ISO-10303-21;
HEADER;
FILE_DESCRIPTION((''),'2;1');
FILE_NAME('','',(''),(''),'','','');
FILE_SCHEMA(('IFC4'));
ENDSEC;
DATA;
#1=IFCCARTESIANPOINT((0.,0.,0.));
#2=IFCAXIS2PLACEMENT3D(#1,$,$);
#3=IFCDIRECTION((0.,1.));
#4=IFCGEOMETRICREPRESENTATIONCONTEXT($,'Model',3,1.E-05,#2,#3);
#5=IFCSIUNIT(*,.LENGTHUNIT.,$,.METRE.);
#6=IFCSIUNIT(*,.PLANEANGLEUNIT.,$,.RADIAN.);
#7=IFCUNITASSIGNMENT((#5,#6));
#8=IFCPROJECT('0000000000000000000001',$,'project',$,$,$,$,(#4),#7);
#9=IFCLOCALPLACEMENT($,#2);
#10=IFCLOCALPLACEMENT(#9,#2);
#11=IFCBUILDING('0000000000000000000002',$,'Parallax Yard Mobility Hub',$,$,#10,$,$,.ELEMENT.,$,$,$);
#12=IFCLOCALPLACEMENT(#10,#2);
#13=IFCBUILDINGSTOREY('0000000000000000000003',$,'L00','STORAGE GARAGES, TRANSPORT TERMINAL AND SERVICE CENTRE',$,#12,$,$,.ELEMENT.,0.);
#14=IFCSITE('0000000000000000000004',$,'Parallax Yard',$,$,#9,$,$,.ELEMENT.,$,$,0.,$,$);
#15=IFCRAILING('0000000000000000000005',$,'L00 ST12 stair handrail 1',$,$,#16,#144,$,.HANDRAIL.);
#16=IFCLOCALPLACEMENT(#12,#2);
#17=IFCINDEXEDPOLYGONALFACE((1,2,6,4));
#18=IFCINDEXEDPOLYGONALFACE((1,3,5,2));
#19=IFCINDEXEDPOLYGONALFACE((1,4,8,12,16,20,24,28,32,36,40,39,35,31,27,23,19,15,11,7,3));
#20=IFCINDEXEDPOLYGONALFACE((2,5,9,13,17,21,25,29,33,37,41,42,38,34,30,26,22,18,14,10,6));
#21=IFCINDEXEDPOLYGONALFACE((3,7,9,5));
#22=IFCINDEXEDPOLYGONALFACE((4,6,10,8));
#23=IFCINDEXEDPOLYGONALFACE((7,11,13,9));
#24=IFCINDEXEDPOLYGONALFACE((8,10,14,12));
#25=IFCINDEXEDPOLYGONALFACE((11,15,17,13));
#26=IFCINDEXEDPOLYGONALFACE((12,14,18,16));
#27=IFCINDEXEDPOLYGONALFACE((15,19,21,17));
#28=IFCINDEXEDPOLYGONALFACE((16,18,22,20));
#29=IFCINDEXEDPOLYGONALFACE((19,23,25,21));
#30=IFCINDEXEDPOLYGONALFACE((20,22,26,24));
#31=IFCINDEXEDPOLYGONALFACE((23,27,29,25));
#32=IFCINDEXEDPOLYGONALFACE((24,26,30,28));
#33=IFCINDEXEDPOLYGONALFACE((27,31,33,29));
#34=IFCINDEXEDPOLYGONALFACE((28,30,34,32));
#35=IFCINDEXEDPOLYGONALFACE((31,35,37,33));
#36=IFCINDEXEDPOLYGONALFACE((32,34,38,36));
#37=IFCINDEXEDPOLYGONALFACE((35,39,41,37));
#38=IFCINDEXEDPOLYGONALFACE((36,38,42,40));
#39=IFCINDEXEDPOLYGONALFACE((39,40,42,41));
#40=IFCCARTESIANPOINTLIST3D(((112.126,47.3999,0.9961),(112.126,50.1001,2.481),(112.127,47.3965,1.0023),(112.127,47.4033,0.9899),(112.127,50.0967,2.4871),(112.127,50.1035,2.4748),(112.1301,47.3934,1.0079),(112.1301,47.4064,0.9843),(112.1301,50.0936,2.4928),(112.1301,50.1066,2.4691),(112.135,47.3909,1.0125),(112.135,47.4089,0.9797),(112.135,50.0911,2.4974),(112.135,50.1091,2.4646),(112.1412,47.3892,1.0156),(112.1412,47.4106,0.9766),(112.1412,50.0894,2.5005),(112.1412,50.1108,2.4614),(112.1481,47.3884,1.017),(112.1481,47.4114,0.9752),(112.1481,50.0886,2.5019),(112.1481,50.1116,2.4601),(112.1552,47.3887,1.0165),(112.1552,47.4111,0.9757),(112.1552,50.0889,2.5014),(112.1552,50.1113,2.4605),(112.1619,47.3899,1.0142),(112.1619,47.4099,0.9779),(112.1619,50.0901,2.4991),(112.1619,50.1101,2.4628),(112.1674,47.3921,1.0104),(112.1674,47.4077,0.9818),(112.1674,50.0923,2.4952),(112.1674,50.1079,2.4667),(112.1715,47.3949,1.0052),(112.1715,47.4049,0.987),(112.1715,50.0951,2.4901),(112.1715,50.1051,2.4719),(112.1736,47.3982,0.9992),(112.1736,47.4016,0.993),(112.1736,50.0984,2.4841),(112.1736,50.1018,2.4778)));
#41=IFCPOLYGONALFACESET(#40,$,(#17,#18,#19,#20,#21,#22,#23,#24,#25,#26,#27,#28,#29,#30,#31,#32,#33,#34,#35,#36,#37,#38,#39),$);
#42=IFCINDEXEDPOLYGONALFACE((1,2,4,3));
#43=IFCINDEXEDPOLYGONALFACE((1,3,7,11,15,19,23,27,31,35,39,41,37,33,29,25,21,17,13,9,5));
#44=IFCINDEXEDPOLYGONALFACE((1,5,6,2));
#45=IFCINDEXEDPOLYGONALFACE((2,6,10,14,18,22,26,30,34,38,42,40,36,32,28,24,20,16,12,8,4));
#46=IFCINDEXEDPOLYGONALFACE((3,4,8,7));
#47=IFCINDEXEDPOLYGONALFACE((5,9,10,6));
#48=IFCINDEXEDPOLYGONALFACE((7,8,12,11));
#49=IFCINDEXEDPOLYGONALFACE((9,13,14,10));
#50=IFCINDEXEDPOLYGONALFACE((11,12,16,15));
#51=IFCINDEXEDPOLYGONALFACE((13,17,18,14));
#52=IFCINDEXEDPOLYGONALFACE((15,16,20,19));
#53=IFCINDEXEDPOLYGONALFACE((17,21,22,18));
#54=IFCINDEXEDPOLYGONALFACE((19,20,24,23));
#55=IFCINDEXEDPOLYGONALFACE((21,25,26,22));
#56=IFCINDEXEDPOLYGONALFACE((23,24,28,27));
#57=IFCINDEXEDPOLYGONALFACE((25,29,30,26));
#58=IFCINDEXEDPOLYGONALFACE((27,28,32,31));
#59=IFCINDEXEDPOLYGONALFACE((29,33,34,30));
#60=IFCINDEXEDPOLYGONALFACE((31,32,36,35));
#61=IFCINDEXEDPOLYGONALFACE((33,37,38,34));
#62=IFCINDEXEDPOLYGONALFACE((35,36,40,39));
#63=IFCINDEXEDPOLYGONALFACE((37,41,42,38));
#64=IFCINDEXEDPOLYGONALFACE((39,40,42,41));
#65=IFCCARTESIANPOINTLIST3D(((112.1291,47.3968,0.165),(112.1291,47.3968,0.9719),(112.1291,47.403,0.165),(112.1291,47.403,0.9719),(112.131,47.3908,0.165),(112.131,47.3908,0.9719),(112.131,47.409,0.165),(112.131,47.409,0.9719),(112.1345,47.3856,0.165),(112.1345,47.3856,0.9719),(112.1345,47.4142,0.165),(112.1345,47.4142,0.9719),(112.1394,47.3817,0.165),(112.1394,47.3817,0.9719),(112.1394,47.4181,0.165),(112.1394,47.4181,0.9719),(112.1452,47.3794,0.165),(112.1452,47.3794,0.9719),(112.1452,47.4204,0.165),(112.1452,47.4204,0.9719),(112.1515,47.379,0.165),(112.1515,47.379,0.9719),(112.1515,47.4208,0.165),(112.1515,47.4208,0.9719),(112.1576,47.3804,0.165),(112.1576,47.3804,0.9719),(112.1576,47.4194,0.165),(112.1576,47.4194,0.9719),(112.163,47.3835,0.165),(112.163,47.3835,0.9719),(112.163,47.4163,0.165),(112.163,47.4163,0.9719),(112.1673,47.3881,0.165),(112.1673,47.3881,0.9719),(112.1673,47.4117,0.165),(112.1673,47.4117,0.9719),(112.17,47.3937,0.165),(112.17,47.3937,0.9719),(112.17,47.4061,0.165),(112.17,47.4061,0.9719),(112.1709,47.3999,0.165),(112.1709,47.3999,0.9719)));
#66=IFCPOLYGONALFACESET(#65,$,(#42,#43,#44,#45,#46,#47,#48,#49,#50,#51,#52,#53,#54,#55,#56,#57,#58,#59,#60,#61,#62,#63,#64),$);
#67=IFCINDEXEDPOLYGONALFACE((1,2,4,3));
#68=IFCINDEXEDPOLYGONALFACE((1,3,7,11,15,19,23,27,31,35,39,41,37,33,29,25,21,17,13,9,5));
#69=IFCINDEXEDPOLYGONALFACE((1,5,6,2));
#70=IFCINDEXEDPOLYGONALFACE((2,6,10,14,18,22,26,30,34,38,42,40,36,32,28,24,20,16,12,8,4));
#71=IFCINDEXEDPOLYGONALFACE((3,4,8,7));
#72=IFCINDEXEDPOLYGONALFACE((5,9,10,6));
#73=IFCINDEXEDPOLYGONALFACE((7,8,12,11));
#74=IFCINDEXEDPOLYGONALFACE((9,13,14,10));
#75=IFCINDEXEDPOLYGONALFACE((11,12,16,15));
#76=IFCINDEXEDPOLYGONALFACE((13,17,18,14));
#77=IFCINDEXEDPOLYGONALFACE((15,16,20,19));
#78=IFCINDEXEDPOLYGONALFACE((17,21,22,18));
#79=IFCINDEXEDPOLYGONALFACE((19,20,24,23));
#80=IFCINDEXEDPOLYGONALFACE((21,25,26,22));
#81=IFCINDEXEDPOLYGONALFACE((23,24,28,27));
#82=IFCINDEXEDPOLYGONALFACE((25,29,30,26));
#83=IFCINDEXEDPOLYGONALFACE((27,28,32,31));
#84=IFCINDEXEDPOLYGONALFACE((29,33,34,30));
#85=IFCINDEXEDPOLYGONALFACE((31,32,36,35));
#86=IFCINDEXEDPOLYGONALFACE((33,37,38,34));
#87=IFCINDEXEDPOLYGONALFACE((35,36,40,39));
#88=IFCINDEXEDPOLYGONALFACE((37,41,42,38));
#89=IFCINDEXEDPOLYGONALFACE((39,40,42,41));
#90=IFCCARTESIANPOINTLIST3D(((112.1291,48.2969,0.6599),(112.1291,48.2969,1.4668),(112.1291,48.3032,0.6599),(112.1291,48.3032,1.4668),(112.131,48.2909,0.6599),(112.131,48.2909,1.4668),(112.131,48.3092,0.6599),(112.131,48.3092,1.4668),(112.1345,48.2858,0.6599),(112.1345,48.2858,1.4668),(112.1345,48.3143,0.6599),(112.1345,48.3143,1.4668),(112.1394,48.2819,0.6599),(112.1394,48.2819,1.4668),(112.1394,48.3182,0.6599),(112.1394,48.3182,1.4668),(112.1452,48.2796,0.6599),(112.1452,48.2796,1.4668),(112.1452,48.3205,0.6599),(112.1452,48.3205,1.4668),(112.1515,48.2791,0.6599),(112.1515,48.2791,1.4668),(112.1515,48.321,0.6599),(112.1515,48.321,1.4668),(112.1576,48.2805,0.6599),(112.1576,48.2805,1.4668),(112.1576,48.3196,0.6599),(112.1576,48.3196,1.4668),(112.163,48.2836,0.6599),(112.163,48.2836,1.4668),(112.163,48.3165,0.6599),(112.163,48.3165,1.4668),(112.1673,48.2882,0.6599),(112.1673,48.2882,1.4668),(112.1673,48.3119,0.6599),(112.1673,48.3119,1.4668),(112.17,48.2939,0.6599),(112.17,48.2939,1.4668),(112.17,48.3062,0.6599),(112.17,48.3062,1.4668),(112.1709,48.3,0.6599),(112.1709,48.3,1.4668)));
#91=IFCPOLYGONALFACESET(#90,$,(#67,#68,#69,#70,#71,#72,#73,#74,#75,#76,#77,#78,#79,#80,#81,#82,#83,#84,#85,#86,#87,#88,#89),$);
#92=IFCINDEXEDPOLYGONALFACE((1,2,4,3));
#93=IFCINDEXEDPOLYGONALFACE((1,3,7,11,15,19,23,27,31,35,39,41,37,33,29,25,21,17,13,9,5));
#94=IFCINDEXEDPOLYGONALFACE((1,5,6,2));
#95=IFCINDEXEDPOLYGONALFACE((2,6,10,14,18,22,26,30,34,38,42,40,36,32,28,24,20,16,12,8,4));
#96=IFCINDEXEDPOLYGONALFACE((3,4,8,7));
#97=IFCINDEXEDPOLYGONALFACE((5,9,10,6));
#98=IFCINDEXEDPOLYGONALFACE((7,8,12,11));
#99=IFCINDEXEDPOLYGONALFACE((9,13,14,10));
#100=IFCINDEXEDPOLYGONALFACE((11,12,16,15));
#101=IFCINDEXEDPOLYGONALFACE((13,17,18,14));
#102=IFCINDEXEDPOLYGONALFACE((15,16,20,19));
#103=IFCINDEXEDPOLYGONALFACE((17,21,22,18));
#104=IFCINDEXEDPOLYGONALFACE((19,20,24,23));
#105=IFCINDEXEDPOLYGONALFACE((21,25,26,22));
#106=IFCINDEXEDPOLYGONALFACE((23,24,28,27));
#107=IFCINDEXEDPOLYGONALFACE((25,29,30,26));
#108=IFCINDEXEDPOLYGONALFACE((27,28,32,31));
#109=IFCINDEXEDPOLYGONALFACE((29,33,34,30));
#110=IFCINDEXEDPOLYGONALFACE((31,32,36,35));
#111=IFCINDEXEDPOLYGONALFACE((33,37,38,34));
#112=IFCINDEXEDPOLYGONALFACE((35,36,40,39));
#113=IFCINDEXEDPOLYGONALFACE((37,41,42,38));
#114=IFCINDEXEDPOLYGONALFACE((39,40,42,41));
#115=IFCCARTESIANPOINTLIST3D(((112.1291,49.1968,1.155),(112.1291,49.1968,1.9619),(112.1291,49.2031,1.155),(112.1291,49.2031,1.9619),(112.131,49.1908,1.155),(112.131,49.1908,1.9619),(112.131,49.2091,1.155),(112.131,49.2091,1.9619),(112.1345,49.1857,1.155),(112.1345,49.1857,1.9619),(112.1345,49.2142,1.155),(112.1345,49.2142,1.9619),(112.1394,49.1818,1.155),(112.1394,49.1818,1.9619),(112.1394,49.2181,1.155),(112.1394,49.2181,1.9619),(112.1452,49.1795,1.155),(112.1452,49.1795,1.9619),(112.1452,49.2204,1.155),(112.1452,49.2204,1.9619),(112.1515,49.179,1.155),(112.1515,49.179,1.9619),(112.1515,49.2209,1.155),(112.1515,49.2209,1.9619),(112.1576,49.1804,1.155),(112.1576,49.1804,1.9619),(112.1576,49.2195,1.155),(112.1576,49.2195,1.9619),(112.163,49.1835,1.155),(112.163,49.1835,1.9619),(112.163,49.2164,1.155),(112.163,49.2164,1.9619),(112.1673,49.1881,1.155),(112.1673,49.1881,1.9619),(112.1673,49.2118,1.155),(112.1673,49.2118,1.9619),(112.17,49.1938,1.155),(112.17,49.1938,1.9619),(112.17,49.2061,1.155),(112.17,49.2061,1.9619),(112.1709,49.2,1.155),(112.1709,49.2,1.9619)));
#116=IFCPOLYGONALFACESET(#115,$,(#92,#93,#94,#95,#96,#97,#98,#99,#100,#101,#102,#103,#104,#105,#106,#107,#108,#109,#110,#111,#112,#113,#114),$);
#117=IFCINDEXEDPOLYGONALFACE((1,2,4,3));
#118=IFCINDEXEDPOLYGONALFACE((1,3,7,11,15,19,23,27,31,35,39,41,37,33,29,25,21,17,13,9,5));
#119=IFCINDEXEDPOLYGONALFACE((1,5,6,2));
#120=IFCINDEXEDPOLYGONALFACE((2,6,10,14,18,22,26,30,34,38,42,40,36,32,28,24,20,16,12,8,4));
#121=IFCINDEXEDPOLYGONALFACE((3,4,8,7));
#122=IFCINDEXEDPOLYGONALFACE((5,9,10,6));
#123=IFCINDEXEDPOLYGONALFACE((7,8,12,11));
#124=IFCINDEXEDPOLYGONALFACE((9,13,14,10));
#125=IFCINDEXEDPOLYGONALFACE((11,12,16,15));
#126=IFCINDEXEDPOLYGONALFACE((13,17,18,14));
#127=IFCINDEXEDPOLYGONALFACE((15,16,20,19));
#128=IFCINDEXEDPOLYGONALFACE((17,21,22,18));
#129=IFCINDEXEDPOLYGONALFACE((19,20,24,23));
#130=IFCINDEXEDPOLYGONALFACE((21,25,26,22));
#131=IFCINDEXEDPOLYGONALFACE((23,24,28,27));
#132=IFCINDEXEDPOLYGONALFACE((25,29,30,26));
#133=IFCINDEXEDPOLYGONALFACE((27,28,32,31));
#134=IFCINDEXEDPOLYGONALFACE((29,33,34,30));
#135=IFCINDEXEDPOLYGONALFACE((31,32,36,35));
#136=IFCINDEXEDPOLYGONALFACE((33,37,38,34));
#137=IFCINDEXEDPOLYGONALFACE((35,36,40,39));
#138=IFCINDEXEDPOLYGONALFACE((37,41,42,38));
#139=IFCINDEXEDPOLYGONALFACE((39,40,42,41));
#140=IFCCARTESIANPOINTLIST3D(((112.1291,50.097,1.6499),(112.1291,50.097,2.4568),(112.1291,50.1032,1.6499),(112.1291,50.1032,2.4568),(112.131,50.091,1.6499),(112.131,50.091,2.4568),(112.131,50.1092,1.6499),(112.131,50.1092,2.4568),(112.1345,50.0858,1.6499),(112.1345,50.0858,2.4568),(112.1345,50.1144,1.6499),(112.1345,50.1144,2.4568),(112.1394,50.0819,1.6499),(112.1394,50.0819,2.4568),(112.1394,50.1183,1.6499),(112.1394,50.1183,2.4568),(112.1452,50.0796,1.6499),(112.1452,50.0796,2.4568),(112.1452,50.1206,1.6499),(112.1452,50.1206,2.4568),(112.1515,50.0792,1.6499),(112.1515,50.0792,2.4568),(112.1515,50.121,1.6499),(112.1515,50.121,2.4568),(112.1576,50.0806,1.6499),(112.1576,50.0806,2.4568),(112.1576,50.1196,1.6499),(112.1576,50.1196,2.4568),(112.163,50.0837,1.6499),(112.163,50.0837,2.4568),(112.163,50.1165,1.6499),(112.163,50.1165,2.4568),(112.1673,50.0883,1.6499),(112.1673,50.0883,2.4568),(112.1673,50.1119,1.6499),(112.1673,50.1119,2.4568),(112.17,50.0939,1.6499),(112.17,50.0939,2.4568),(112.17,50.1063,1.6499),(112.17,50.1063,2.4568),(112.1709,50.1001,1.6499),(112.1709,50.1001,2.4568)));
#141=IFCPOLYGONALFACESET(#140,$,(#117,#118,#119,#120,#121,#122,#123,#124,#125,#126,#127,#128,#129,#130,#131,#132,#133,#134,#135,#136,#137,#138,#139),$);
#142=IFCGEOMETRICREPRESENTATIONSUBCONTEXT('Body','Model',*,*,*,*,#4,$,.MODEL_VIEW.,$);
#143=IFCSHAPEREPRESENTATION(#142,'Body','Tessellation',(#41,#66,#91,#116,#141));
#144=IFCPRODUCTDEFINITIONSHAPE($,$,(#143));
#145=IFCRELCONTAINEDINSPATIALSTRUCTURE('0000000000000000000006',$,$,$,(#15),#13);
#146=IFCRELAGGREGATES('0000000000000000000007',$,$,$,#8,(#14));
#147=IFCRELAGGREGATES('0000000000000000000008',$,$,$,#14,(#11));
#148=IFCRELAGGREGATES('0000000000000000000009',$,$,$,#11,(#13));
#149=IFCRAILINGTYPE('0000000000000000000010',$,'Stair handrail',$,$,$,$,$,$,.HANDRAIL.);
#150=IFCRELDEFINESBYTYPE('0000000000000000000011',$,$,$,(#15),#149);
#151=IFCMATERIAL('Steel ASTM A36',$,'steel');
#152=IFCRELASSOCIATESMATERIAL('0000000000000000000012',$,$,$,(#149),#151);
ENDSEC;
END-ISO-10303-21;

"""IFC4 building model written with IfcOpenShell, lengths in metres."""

from ifc_helpers import new_model, si_unit, direction, frame, origin, origin_2d, place, context, subcontext, project, spatial, circle, extrude, material, type_object, element, save


model = new_model("IFC4")

# Units and contexts
model_context = context("Model", 3, precision=1e-05, world=origin(), true_north=direction((0.0, 1.0)))
body_context = subcontext(model_context, "Body", "Model", "MODEL_VIEW")
ifc_project = project(units=[si_unit("LENGTHUNIT", "METRE"), si_unit("PLANEANGLEUNIT", "RADIAN")], contexts=[model_context])

# Site, building, storey
site_placement = place(None, origin())
site = spatial("IfcSite", under=ifc_project, at=site_placement, Name="Parallax Yard", CompositionType="ELEMENT", RefElevation=0.0)
building_placement = place(site_placement, origin())
building = spatial("IfcBuilding", under=site, at=building_placement, Name="Parallax Yard Mobility Hub", CompositionType="ELEMENT")
storey_placement = place(building_placement, origin())
storey = spatial("IfcBuildingStorey", under=building, at=storey_placement, Name="L00", Description="STORAGE GARAGES, TRANSPORT TERMINAL AND SERVICE CENTRE", CompositionType="ELEMENT", Elevation=0.0)

# Railing
ifc_material_1 = material(Name="Steel ASTM A36", Category="steel")
railing_type_1 = type_object("IfcRailingType", Name="Stair handrail", PredefinedType="HANDRAIL", material=ifc_material_1)
railing_1_placement = place(storey_placement, frame((112.1499, 47.3999, 0.165)))
element("IfcRailing", 1, at=railing_1_placement, inside=storey, type_object=railing_type_1, Name="L00 ST12 stair handrail 1", PredefinedType="HANDRAIL", context=body_context, shape_type="SweptSolid", body=[
    extrude(circle(Radius=0.0239, at=origin_2d()), frame((0.0, 0.0, 0.8311), z_axis=(0.0, 0.876249, 0.481858), x_axis=(-1.0, 0.0, 0.0)), (0.0, 0.0, 1.0), 3.0815),
    extrude(circle(Radius=0.021, at=origin_2d()), origin(), (0.0, 0.0, 1.0), 0.8069),
    extrude(circle(Radius=0.021, at=origin_2d()), frame((0.0, 0.9001, 0.4949)), (0.0, 0.0, 1.0), 0.8069),
    extrude(circle(Radius=0.021, at=origin_2d()), frame((0.0, 1.8, 0.99)), (0.0, 0.0, 1.0), 0.8069),
    extrude(circle(Radius=0.021, at=origin_2d()), frame((0.0, 2.7002, 1.4849)), (0.0, 0.0, 1.0), 0.8069),
])

save(model, "model.ifc")
